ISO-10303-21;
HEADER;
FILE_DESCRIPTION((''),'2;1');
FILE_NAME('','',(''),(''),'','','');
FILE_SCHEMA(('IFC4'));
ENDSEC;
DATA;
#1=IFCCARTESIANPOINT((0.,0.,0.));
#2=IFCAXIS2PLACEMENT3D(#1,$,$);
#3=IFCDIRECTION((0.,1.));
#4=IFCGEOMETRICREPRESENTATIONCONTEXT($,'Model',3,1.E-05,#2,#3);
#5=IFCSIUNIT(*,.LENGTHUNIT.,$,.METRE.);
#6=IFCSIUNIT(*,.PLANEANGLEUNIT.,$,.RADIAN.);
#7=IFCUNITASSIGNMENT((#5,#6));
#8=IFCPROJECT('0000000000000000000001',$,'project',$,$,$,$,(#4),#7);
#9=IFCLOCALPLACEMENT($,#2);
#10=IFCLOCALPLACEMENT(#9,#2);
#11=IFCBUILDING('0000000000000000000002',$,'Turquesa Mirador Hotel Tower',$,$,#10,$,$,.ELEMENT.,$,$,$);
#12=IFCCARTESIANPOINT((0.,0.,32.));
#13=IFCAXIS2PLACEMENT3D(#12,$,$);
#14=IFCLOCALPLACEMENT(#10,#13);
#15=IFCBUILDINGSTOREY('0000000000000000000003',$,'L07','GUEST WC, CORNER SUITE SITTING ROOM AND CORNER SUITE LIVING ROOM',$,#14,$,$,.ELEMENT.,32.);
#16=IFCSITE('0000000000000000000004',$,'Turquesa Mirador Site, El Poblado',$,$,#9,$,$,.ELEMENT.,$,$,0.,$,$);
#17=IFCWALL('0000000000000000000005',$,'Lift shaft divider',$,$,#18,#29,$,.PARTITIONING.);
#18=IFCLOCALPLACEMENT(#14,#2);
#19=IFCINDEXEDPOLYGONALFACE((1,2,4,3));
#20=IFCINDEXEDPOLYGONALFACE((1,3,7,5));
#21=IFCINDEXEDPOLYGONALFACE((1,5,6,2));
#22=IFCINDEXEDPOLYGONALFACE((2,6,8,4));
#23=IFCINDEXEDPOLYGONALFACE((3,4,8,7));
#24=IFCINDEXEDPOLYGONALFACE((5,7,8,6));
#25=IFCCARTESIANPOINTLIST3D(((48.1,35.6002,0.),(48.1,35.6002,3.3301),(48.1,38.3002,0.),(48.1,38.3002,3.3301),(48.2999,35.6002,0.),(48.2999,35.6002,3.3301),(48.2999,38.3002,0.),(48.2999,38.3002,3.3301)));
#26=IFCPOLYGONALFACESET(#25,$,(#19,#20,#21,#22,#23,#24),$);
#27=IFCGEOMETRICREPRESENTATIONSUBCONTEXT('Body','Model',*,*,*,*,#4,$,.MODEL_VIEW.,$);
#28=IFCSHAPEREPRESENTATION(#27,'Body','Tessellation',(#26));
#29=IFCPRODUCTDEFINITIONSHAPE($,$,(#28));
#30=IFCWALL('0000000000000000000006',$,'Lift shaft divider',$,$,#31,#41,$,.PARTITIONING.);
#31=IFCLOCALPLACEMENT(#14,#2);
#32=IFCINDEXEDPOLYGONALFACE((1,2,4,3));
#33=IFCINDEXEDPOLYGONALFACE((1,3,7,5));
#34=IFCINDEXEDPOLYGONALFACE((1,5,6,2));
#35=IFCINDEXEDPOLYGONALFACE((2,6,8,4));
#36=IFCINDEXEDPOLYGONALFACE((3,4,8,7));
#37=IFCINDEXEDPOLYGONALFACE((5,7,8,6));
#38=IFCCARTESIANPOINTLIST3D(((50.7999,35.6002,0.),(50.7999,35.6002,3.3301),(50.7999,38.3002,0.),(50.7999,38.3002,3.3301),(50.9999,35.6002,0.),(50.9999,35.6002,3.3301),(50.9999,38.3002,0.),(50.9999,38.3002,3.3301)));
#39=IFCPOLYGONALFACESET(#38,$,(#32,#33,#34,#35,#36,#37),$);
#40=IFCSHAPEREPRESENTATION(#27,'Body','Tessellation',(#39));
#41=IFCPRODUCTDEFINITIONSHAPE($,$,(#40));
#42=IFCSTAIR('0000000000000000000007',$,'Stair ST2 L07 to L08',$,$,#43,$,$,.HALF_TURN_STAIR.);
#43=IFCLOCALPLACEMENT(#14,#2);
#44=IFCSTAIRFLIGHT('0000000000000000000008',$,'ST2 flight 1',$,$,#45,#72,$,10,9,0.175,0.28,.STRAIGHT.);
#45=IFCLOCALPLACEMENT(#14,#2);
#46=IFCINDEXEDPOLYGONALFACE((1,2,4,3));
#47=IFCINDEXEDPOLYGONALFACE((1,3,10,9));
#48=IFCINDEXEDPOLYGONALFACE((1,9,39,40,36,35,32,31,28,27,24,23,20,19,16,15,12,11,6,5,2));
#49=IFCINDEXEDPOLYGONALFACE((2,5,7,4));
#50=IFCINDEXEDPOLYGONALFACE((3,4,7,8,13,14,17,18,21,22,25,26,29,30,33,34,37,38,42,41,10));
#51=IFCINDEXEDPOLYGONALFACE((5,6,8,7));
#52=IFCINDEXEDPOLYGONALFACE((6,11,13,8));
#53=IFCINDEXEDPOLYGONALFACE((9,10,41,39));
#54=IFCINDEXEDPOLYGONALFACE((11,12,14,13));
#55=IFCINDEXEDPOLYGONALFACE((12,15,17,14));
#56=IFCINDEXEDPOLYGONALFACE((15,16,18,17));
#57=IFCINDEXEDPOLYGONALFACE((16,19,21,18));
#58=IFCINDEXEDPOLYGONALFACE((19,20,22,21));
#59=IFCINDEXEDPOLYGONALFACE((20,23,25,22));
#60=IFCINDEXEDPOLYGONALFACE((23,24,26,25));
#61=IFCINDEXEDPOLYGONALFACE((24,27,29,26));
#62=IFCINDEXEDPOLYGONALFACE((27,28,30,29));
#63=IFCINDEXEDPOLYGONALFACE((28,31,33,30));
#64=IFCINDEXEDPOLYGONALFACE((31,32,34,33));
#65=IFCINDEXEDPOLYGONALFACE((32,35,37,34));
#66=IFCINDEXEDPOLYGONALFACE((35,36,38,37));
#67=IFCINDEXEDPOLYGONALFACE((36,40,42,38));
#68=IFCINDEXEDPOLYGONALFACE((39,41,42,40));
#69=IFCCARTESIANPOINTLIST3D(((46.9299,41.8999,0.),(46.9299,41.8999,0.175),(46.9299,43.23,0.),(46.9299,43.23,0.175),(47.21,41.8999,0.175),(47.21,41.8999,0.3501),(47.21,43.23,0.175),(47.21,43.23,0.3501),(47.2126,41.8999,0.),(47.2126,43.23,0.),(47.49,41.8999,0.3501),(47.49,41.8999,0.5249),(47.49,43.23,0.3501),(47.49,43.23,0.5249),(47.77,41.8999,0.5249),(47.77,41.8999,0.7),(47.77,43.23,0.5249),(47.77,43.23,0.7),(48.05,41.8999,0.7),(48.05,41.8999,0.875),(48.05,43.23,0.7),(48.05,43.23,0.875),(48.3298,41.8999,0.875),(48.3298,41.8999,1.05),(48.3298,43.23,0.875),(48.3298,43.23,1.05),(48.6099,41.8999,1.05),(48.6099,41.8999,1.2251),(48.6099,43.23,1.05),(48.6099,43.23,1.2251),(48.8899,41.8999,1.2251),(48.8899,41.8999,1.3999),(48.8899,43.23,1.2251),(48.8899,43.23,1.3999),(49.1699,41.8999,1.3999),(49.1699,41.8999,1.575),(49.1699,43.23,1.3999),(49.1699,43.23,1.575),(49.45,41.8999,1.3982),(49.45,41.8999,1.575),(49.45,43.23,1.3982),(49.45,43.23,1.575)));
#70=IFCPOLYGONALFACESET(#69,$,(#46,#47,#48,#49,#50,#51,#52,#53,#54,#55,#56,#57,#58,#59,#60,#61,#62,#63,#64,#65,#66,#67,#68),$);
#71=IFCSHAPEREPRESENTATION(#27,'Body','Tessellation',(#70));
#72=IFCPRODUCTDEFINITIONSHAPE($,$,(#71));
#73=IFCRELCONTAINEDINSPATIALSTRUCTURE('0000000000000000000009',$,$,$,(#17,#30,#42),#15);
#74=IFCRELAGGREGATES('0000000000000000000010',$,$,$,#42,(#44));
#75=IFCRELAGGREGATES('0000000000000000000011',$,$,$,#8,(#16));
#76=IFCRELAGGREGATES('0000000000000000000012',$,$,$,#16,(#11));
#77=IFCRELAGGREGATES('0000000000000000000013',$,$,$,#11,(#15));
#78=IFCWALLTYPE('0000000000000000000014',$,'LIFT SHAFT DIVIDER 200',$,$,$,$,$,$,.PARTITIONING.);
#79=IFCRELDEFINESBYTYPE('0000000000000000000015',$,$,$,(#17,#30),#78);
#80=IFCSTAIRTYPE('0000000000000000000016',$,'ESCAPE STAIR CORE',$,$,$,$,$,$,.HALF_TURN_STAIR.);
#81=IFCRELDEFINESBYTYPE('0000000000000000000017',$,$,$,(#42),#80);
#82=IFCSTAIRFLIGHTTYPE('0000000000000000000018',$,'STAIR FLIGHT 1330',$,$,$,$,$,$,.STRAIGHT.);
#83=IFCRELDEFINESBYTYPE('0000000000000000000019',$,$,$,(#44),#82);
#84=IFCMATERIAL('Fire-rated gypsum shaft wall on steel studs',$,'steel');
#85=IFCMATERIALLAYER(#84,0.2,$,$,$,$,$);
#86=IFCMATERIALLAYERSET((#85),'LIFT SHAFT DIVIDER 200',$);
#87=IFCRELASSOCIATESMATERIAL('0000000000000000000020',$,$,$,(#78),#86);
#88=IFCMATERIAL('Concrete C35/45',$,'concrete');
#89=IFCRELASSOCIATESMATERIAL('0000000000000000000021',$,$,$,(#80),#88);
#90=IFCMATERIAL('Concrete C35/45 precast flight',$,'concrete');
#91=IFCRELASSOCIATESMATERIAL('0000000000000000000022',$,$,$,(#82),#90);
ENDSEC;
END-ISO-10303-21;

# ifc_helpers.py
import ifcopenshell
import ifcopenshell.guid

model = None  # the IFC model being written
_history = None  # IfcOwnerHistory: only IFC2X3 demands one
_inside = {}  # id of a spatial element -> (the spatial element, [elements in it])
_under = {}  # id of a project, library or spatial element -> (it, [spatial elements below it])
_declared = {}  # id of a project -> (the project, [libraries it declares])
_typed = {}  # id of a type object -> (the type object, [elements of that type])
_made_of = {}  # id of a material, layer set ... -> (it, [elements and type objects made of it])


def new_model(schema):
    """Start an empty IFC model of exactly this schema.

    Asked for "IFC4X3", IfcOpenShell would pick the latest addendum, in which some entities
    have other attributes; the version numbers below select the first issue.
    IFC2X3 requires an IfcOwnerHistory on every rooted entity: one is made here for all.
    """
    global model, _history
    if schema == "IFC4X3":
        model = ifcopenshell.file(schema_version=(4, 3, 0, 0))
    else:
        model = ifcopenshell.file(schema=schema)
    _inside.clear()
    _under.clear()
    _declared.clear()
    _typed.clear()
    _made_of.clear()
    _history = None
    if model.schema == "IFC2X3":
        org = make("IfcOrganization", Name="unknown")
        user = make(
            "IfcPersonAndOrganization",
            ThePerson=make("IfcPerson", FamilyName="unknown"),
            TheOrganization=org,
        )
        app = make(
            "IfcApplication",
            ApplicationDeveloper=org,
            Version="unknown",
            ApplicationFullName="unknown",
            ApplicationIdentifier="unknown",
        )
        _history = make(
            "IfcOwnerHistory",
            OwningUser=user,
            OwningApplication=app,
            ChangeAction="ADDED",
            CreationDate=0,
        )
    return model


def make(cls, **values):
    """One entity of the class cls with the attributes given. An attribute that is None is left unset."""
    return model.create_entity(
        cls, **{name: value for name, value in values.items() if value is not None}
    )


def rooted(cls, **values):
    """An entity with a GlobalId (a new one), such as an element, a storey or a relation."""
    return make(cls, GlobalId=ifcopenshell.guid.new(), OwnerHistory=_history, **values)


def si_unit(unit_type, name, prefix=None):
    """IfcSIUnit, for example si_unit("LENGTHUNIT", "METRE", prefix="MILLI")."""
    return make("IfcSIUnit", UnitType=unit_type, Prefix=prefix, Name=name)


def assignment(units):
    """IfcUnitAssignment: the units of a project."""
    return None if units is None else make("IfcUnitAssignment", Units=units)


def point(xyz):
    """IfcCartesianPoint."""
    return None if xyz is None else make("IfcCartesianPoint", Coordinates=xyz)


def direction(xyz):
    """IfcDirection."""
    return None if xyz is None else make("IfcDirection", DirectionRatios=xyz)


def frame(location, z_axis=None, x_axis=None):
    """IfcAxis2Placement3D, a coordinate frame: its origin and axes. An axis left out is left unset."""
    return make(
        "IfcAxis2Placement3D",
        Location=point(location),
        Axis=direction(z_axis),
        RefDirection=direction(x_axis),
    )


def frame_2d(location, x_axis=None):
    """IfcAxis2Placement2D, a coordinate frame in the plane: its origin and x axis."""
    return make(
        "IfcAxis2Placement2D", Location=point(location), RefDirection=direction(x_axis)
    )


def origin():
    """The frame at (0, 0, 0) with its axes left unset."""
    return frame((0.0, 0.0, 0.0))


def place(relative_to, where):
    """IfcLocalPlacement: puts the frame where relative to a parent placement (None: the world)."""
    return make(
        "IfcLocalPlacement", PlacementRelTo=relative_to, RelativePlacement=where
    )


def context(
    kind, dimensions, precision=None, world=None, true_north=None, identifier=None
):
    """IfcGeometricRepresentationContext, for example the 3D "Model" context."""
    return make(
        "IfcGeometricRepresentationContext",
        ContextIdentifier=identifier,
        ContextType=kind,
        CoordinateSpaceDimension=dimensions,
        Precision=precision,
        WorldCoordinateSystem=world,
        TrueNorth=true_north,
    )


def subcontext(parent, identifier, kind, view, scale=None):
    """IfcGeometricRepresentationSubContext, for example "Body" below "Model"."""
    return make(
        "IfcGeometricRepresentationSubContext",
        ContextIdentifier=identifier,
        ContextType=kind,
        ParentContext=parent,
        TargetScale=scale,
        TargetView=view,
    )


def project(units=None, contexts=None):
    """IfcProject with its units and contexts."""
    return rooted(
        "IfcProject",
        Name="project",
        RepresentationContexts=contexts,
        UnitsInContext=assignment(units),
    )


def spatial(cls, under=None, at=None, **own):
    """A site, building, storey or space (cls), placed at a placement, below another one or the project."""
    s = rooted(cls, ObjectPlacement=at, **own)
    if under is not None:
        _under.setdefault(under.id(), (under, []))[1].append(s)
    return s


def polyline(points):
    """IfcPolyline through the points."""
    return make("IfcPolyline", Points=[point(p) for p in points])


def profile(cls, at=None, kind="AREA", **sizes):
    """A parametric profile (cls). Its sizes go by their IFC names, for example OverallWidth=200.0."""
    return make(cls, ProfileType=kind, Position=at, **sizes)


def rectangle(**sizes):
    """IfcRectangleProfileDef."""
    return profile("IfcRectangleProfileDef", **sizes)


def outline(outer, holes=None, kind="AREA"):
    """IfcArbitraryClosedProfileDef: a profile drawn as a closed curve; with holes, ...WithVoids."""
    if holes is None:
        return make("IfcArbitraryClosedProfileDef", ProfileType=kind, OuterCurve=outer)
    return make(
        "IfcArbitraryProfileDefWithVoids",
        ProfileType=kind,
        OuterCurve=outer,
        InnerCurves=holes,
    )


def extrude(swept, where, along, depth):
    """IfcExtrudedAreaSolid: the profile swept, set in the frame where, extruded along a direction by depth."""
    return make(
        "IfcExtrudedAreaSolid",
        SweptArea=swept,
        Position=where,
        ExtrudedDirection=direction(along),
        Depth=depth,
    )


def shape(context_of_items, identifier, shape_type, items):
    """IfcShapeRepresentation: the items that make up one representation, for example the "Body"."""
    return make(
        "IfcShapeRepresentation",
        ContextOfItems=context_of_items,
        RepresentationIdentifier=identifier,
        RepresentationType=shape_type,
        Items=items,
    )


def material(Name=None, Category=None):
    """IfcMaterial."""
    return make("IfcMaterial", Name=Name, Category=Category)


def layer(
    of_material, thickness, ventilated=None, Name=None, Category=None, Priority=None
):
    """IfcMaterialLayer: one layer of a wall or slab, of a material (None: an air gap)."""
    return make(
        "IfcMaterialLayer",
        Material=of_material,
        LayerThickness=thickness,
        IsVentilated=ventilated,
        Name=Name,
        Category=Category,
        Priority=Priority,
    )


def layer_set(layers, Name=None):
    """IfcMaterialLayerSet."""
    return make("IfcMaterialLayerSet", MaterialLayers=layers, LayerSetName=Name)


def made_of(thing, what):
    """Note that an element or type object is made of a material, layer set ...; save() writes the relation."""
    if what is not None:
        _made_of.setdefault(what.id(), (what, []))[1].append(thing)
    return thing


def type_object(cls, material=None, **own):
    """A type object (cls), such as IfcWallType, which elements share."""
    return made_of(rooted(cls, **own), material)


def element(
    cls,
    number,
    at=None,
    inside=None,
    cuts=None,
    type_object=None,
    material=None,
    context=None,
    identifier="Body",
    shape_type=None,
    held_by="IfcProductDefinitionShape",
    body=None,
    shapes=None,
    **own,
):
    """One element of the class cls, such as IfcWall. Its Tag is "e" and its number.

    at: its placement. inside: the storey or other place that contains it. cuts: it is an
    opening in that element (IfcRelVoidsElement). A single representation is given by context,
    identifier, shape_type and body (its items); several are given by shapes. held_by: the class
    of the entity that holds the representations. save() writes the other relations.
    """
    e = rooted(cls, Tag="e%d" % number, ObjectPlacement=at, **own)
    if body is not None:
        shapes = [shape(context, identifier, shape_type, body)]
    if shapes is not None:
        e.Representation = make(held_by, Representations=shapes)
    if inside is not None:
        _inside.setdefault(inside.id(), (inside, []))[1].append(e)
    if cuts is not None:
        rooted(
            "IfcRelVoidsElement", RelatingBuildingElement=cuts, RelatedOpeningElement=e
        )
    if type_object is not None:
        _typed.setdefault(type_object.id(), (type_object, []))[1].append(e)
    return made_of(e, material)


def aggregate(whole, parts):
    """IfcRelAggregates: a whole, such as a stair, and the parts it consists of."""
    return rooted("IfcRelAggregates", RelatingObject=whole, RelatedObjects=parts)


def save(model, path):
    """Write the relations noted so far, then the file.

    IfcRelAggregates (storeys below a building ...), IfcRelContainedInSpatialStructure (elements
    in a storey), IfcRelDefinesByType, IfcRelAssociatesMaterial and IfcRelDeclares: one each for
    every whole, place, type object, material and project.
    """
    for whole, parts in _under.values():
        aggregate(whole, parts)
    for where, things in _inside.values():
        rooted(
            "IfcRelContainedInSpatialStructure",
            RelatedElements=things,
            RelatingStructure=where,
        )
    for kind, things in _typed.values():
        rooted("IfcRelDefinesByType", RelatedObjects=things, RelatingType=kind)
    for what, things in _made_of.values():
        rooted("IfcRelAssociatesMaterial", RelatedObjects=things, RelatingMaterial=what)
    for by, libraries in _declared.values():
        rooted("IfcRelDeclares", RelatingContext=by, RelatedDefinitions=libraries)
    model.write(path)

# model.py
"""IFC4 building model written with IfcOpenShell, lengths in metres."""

from ifc_helpers import new_model, si_unit, direction, frame, frame_2d, origin, place, context, subcontext, project, spatial, polyline, rectangle, outline, extrude, material, layer, layer_set, type_object, element, aggregate, save


model = new_model("IFC4")

# Units and contexts
model_context = context("Model", 3, precision=1e-05, world=origin(), true_north=direction((0.0, 1.0)))
body_context = subcontext(model_context, "Body", "Model", "MODEL_VIEW")
ifc_project = project(units=[si_unit("LENGTHUNIT", "METRE"), si_unit("PLANEANGLEUNIT", "RADIAN")], contexts=[model_context])

# Site, building, storey
site_placement = place(None, origin())
site = spatial("IfcSite", under=ifc_project, at=site_placement, Name="Turquesa Mirador Site, El Poblado", CompositionType="ELEMENT", RefElevation=0.0)
building_placement = place(site_placement, origin())
building = spatial("IfcBuilding", under=site, at=building_placement, Name="Turquesa Mirador Hotel Tower", CompositionType="ELEMENT")
storey_placement = place(building_placement, frame((0.0, 0.0, 32.0)))
storey = spatial("IfcBuildingStorey", under=building, at=storey_placement, Name="L07", Description="GUEST WC, CORNER SUITE SITTING ROOM AND CORNER SUITE LIVING ROOM", CompositionType="ELEMENT", Elevation=32.0)

# Walls
ifc_material_1 = material(Name="Fire-rated gypsum shaft wall on steel studs", Category="steel")
ifc_layer_1 = layer(ifc_material_1, 0.2)
ifc_layer_set_1 = layer_set([ifc_layer_1], Name="LIFT SHAFT DIVIDER 200")
wall_type_1 = type_object("IfcWallType", Name="LIFT SHAFT DIVIDER 200", PredefinedType="PARTITIONING", material=ifc_layer_set_1)
for number, where, z_axis, x_axis, name in (
    (1, (48.2, 35.6001, 0.0), (0.0, 0.0, 1.0), (0.0, 1.0, 0.0), "Lift shaft divider"),
    (2, (50.8999, 35.6001, 0.0), (0.0, 0.0, 1.0), (0.0, 1.0, 0.0), "Lift shaft divider"),
):
    element("IfcWall", number, at=place(storey_placement, frame(where, z_axis=z_axis, x_axis=x_axis)), inside=storey, type_object=wall_type_1, Name=name, PredefinedType="PARTITIONING", context=body_context, shape_type="SweptSolid", body=[
        extrude(rectangle(XDim=2.7, YDim=0.2, at=frame_2d((1.3501, 0.0))), origin(), (0.0, 0.0, 1.0), 3.3301),
    ])

# Stair, stair flight
ifc_material_2 = material(Name="Concrete C35/45", Category="concrete")
stair_type = type_object("IfcStairType", Name="ESCAPE STAIR CORE", PredefinedType="HALF_TURN_STAIR", material=ifc_material_2)
stair_placement = place(storey_placement, origin())
stair = element("IfcStair", 3, at=stair_placement, inside=storey, type_object=stair_type, Name="Stair ST2 L07 to L08", PredefinedType="HALF_TURN_STAIR")
ifc_material_3 = material(Name="Concrete C35/45 precast flight", Category="concrete")
stair_flight_type = type_object("IfcStairFlightType", Name="STAIR FLIGHT 1330", PredefinedType="STRAIGHT", material=ifc_material_3)
stair_flight_placement = place(storey_placement, frame((46.9299, 42.5649, 0.0), z_axis=(0.0, 0.0, 1.0), x_axis=(1.0, 0.0, 0.0)))
stair_flight = element("IfcStairFlight", 4, at=stair_flight_placement, type_object=stair_flight_type, Name="ST2 flight 1", NumberOfRisers=10, NumberOfTreads=9, PredefinedType="STRAIGHT", RiserHeight=0.175, TreadLength=0.28, context=body_context, shape_type="SweptSolid", body=[
    extrude(outline(polyline([(0.0, 0.0), (0.0, 0.175), (0.28, 0.175), (0.28, 0.3501), (0.5601, 0.3501), (0.5601, 0.5249), (0.8401, 0.5249), (0.8401, 0.7), (1.1201, 0.7), (1.1201, 0.875), (1.3999, 0.875), (1.3999, 1.05), (1.6799, 1.05), (1.6799, 1.2251), (1.96, 1.2251), (1.96, 1.3999), (2.24, 1.3999), (2.24, 1.575), (2.52, 1.575), (2.52, 1.75), (2.52, 1.3982), (0.2827, 0.0), (0.0, 0.0)])), frame((0.0, 0.665, 0.0), z_axis=(0.0, -1.0, 0.0), x_axis=(1.0, 0.0, 0.0)), (0.0, 0.0, 1.0), 1.3301),
])
aggregate(stair, [stair_flight])

save(model, "model.ifc")
